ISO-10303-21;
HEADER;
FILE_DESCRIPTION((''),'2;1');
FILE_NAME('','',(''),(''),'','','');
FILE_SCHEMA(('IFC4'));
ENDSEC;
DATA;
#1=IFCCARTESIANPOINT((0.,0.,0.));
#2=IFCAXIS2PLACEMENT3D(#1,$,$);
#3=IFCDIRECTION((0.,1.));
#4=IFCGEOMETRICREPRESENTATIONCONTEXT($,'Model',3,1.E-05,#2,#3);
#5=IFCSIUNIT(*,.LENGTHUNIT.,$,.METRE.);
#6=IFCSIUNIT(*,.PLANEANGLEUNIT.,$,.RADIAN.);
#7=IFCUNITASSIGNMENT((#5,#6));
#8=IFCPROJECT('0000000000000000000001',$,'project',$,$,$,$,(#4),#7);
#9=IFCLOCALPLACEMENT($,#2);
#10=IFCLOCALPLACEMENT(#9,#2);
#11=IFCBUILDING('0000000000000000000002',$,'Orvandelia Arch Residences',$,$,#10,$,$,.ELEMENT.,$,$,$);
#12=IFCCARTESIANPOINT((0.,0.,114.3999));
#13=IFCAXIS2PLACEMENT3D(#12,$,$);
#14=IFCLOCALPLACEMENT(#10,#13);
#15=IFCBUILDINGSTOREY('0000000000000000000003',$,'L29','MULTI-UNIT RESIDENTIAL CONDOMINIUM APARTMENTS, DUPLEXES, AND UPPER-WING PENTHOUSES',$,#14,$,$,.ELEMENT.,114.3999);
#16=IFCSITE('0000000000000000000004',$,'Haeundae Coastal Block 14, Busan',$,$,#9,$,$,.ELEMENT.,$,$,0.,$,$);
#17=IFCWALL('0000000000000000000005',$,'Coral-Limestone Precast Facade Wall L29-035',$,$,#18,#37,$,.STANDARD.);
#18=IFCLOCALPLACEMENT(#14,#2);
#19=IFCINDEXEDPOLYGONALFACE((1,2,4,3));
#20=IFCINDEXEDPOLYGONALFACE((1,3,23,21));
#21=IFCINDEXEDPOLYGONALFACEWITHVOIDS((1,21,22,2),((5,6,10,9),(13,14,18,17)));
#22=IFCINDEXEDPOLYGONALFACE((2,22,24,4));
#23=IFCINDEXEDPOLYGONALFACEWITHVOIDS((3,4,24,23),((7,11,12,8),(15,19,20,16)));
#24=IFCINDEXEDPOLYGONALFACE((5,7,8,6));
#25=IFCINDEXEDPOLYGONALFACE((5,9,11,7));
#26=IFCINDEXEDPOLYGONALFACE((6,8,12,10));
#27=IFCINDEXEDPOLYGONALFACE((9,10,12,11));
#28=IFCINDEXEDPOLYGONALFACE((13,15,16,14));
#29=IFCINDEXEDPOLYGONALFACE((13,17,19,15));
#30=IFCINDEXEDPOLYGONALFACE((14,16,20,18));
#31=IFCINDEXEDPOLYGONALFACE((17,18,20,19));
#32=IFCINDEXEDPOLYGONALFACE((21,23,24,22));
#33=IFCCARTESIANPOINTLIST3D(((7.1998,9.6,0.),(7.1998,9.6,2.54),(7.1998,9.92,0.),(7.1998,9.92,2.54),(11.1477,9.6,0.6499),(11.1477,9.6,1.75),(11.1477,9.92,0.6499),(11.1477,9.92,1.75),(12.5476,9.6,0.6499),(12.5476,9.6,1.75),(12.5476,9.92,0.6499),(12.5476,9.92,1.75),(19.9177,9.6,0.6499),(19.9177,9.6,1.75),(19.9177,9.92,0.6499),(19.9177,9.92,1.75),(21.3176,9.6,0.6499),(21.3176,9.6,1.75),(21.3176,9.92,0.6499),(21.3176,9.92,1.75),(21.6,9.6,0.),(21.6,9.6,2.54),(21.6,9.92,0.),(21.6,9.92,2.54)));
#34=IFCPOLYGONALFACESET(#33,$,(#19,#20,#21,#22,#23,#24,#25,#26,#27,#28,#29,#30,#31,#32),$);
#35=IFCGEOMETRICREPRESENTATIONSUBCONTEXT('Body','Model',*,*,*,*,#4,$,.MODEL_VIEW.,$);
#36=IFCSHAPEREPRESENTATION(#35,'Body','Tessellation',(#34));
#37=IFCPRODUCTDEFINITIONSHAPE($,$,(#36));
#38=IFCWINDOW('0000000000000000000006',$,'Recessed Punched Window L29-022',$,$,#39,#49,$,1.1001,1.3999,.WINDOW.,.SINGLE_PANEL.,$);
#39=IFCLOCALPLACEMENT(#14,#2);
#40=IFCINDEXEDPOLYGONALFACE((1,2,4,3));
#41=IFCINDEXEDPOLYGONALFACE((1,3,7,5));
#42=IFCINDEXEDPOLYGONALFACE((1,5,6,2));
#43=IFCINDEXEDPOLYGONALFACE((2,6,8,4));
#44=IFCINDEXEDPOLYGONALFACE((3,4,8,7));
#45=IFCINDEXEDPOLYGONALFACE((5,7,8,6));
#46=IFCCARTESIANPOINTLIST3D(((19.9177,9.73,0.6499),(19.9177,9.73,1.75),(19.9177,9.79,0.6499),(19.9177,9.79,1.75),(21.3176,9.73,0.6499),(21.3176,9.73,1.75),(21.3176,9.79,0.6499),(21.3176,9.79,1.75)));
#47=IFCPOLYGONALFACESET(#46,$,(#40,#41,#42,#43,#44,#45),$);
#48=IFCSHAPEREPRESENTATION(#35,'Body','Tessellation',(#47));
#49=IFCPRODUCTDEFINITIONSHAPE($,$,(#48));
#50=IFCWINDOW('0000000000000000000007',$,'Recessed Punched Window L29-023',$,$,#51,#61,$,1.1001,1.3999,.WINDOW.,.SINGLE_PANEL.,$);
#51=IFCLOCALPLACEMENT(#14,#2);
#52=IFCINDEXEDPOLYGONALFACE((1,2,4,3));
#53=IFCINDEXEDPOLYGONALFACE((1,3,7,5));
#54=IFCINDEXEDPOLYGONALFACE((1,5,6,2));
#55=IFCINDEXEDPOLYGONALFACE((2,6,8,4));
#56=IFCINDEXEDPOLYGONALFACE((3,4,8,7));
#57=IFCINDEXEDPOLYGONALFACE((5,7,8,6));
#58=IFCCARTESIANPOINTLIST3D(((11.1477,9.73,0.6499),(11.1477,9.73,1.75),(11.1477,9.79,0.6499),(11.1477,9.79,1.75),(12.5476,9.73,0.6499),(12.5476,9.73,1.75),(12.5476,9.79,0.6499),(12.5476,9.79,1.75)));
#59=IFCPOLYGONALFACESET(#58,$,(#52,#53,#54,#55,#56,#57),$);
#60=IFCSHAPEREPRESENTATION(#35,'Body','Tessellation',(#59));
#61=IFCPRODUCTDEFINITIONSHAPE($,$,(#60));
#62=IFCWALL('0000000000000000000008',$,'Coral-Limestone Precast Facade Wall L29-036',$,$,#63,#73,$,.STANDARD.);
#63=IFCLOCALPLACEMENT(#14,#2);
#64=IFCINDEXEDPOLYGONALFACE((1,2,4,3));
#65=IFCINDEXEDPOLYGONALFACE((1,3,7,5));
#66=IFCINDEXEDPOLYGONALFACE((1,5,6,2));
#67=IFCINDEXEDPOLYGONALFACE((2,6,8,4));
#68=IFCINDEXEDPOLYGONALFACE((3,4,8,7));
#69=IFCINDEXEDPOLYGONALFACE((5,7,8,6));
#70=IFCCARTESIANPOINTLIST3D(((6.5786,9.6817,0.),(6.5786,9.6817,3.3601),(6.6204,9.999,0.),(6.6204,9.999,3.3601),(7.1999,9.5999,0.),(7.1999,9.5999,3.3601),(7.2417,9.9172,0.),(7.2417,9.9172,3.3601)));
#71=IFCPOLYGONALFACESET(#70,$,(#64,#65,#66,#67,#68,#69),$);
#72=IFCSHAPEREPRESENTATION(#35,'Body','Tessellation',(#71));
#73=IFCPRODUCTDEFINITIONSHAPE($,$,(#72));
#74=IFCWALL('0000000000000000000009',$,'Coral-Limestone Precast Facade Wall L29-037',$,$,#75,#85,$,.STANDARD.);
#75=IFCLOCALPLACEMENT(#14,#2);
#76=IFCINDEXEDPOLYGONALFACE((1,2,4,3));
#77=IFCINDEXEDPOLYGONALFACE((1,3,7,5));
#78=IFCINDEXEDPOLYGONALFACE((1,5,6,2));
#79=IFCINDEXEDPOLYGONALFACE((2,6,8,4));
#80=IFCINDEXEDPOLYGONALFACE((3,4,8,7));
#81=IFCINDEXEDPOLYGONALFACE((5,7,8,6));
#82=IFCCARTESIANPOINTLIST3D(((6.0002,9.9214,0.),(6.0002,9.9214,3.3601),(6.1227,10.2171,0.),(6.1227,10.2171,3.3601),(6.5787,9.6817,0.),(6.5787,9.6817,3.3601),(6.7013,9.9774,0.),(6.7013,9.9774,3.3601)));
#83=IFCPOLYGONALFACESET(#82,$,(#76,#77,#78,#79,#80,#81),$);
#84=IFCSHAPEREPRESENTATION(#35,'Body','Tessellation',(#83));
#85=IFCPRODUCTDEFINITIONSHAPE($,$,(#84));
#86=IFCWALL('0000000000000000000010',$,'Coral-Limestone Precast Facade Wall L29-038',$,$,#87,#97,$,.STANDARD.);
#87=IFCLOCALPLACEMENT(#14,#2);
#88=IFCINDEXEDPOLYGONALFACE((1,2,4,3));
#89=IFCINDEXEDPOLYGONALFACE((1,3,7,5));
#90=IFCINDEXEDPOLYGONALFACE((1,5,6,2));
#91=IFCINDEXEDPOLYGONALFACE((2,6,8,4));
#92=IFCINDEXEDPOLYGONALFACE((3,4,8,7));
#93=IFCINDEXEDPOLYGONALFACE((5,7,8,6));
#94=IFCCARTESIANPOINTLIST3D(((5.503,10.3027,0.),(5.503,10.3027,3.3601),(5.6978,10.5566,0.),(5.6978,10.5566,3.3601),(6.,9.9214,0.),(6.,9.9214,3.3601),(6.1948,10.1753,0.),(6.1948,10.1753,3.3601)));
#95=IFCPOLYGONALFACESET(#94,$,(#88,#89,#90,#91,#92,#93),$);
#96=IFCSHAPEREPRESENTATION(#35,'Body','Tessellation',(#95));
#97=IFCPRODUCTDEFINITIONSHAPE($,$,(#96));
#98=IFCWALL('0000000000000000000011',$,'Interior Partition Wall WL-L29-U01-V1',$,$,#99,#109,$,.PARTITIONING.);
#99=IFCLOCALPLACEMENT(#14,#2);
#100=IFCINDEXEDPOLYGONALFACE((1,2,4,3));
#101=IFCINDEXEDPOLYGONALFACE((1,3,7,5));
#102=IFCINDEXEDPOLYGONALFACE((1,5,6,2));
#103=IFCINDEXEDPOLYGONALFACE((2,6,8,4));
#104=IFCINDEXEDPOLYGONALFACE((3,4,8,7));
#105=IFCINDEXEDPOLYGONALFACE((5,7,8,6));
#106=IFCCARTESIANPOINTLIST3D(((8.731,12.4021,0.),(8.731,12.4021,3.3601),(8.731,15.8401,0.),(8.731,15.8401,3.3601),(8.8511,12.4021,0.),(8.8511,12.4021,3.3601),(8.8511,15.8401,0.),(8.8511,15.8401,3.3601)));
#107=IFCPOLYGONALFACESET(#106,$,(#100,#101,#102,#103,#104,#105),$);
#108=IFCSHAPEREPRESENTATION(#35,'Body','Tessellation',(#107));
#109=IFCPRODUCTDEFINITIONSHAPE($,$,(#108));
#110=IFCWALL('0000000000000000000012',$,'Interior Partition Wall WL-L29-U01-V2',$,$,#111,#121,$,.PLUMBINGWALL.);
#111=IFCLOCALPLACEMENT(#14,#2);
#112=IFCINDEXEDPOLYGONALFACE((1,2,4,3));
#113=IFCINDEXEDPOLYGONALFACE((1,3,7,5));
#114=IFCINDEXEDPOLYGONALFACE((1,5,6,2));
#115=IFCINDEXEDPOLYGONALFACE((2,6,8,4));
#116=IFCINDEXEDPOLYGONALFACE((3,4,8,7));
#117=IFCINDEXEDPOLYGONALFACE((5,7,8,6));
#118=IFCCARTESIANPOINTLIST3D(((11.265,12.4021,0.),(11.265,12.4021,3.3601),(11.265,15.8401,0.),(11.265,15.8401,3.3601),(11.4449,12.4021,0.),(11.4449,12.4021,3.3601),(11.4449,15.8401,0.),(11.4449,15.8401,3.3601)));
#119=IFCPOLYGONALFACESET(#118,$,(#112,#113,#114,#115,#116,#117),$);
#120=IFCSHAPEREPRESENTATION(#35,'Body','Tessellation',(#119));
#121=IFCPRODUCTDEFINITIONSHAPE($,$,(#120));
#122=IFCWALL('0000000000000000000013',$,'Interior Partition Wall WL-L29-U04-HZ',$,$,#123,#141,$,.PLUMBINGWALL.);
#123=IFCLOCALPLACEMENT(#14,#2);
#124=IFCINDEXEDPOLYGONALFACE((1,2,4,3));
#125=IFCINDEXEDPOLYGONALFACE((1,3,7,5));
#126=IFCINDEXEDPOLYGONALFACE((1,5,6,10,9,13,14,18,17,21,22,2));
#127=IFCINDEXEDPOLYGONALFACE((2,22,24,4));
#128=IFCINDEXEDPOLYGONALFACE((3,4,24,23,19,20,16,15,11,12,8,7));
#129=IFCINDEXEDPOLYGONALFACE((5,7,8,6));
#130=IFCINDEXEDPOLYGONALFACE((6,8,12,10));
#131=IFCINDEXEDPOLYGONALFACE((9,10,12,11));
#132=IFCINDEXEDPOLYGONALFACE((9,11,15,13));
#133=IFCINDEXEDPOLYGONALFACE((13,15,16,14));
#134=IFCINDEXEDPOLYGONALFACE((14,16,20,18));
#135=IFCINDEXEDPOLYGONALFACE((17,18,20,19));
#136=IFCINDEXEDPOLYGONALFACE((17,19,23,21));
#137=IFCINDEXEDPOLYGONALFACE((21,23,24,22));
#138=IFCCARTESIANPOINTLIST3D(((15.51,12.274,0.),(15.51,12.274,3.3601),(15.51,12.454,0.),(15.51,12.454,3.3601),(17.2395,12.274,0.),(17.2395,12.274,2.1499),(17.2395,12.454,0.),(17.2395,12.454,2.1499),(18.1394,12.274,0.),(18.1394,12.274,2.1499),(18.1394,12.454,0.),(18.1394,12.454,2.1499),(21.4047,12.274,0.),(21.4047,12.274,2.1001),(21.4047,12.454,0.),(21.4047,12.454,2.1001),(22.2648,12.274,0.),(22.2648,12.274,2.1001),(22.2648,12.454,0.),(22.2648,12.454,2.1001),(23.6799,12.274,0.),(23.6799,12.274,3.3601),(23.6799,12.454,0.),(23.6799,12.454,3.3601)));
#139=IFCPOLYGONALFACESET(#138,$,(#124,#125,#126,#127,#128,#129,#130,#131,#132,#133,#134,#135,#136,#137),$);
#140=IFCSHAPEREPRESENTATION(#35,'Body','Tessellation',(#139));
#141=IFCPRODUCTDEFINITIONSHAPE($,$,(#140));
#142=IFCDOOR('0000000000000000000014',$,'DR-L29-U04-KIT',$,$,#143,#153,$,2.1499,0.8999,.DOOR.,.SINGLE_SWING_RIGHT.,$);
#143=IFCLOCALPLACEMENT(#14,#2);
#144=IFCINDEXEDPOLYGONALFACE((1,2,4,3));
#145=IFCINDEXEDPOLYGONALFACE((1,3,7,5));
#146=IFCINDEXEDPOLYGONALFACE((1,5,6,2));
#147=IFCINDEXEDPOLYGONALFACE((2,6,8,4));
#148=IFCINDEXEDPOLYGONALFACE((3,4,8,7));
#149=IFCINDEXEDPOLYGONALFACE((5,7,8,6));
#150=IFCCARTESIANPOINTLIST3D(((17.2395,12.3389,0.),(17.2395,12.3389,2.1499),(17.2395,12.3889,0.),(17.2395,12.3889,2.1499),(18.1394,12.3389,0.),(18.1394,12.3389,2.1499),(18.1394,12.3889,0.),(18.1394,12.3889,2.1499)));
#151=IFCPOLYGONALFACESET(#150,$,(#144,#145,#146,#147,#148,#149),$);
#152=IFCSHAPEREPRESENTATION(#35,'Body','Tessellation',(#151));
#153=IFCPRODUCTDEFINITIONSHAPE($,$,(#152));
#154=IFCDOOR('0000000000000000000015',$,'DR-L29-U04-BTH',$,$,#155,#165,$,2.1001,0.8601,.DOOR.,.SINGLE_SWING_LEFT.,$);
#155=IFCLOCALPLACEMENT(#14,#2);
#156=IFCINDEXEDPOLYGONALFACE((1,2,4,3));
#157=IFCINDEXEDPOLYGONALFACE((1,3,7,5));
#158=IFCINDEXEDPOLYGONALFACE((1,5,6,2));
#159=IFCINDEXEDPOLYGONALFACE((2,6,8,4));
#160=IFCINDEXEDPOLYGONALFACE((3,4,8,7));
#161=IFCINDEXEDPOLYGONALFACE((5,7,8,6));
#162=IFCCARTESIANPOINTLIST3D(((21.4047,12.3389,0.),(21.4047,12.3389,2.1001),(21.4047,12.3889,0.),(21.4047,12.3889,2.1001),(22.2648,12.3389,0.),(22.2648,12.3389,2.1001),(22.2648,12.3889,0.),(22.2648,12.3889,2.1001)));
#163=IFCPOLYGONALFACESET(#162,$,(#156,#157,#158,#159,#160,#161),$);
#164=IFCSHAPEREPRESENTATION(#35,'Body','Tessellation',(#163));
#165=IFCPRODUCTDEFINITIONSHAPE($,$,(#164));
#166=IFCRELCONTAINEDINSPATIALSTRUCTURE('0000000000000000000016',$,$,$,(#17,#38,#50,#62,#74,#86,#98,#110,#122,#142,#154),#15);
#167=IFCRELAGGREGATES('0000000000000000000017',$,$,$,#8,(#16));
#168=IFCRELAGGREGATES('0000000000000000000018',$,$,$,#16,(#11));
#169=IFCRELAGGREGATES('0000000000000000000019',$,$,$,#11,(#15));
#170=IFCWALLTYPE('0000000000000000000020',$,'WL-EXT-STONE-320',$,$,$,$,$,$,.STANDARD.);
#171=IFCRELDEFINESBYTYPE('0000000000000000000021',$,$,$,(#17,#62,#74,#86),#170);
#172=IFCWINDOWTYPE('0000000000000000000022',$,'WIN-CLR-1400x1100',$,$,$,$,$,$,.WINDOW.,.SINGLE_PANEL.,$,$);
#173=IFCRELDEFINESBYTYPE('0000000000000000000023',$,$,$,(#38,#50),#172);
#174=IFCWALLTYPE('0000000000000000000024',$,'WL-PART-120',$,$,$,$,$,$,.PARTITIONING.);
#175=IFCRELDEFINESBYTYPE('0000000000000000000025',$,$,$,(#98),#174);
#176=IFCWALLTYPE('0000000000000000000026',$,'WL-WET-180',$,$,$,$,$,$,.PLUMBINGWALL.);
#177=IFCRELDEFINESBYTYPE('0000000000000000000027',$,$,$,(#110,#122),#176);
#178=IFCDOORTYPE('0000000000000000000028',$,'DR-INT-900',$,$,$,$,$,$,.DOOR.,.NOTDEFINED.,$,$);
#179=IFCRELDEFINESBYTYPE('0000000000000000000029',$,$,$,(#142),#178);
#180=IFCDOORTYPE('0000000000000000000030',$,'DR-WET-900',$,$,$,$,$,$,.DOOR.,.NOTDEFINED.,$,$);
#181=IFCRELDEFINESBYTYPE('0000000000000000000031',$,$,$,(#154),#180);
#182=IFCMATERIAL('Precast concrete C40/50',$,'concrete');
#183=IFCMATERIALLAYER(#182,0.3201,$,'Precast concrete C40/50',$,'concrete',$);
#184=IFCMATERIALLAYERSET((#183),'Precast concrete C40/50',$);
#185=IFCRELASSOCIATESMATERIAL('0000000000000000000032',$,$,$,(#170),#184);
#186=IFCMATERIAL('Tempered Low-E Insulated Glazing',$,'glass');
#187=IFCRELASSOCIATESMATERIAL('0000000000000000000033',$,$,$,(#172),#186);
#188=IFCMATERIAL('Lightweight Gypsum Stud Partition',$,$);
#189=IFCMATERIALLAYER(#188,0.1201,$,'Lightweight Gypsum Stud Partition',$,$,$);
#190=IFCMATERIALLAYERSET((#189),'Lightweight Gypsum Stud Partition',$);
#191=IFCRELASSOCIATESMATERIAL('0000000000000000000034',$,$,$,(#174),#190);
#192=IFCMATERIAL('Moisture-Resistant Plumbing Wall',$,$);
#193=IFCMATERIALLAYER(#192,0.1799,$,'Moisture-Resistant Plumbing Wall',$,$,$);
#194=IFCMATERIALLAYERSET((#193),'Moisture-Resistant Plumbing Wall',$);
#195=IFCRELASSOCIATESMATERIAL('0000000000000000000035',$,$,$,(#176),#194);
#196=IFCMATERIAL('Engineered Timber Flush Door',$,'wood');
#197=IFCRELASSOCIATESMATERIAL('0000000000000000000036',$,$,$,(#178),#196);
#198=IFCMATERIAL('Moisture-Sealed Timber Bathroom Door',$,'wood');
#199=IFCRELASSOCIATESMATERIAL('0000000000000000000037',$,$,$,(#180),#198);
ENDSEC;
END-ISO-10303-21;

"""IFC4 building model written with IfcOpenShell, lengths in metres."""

from ifc_helpers import new_model, si_unit, direction, frame, frame_2d, origin, place, context, subcontext, project, spatial, rectangle, extrude, material, layer, layer_set, type_object, element, fill, save


model = new_model("IFC4")

# Units and contexts
model_context = context("Model", 3, precision=1e-05, world=origin(), true_north=direction((0.0, 1.0)))
body_context = subcontext(model_context, "Body", "Model", "MODEL_VIEW")
ifc_project = project(units=[si_unit("LENGTHUNIT", "METRE"), si_unit("PLANEANGLEUNIT", "RADIAN")], contexts=[model_context])

# Site, building, storey
site_placement = place(None, origin())
site = spatial("IfcSite", under=ifc_project, at=site_placement, Name="Haeundae Coastal Block 14, Busan", CompositionType="ELEMENT", RefElevation=0.0)
building_placement = place(site_placement, origin())
building = spatial("IfcBuilding", under=site, at=building_placement, Name="Orvandelia Arch Residences", CompositionType="ELEMENT")
storey_placement = place(building_placement, frame((0.0, 0.0, 114.3999)))
storey = spatial("IfcBuildingStorey", under=building, at=storey_placement, Name="L29", Description="MULTI-UNIT RESIDENTIAL CONDOMINIUM APARTMENTS, DUPLEXES, AND UPPER-WING PENTHOUSES", CompositionType="ELEMENT", Elevation=114.3999)

# Shared definitions
ifc_material_1 = material(Name="Precast concrete C40/50", Category="concrete")
ifc_layer_1 = layer(ifc_material_1, 0.3201, Name="Precast concrete C40/50", Category="concrete")
ifc_layer_set_1 = layer_set([ifc_layer_1], Name="Precast concrete C40/50")
wall_type_1 = type_object("IfcWallType", Name="WL-EXT-STONE-320", PredefinedType="STANDARD", material=ifc_layer_set_1)

# Wall, openings, windows
wall_1_placement = place(storey_placement, frame((21.6001, 9.76, 0.0), z_axis=(0.0, 0.0, 1.0), x_axis=(-1.0, 0.0, 0.0)))
wall_1 = element("IfcWall", 1, at=wall_1_placement, inside=storey, type_object=wall_type_1, Name="Coral-Limestone Precast Facade Wall L29-035", PredefinedType="STANDARD", context=body_context, shape_type="SweptSolid", body=[
    extrude(rectangle(XDim=14.4001, YDim=0.3201, at=frame_2d((7.2002, 0.0))), origin(), (0.0, 0.0, 1.0), 2.54),
])
opening_1_placement = place(wall_1_placement, frame((0.2825, 0.0, 0.6499)))
opening_1 = element("IfcOpeningElement", 2, at=opening_1_placement, cuts=wall_1, PredefinedType="OPENING", context=body_context, shape_type="SweptSolid", body=[
    extrude(rectangle(XDim=1.3999, YDim=1.1001, at=frame_2d((0.7, 0.55))), frame((0.0, 0.1699, 0.0), z_axis=(0.0, -1.0, 0.0), x_axis=(1.0, 0.0, 0.0)), (0.0, 0.0, 1.0), 0.3401),
])
opening_2_placement = place(wall_1_placement, frame((9.0525, 0.0, 0.6499)))
opening_2 = element("IfcOpeningElement", 3, at=opening_2_placement, cuts=wall_1, PredefinedType="OPENING", context=body_context, shape_type="SweptSolid", body=[
    extrude(rectangle(XDim=1.3999, YDim=1.1001, at=frame_2d((0.7, 0.55))), frame((0.0, 0.1699, 0.0), z_axis=(0.0, -1.0, 0.0), x_axis=(1.0, 0.0, 0.0)), (0.0, 0.0, 1.0), 0.3401),
])
ifc_material_2 = material(Name="Tempered Low-E Insulated Glazing", Category="glass")
window_type = type_object("IfcWindowType", Name="WIN-CLR-1400x1100", PartitioningType="SINGLE_PANEL", PredefinedType="WINDOW", material=ifc_material_2)
window_1_placement = place(opening_1_placement, origin())
window_1 = element("IfcWindow", 4, at=window_1_placement, inside=storey, type_object=window_type, Name="Recessed Punched Window L29-022", OverallHeight=1.1001, OverallWidth=1.3999, PartitioningType="SINGLE_PANEL", PredefinedType="WINDOW", context=body_context, shape_type="SweptSolid", body=[
    extrude(rectangle(XDim=1.3999, YDim=1.1001, at=frame_2d((0.7, 0.55))), frame((0.0, 0.03, 0.0), z_axis=(0.0, -1.0, 0.0), x_axis=(1.0, 0.0, 0.0)), (0.0, 0.0, 1.0), 0.0601),
])
fill(opening_1, window_1)
window_2_placement = place(opening_2_placement, origin())
window_2 = element("IfcWindow", 5, at=window_2_placement, inside=storey, type_object=window_type, Name="Recessed Punched Window L29-023", OverallHeight=1.1001, OverallWidth=1.3999, PartitioningType="SINGLE_PANEL", PredefinedType="WINDOW", context=body_context, shape_type="SweptSolid", body=[
    extrude(rectangle(XDim=1.3999, YDim=1.1001, at=frame_2d((0.7, 0.55))), frame((0.0, 0.03, 0.0), z_axis=(0.0, -1.0, 0.0), x_axis=(1.0, 0.0, 0.0)), (0.0, 0.0, 1.0), 0.0601),
])
fill(opening_2, window_2)

# Walls
wall_2_placement = place(storey_placement, frame((7.2209, 9.7585, 0.0), z_axis=(0.0, 0.0, 1.0), x_axis=(-0.991448, 0.130505, 0.0)))
element("IfcWall", 6, at=wall_2_placement, inside=storey, type_object=wall_type_1, Name="Coral-Limestone Precast Facade Wall L29-036", PredefinedType="STANDARD", context=body_context, shape_type="SweptSolid", body=[
    extrude(rectangle(XDim=0.6267, YDim=0.3201, at=frame_2d((0.3135, 0.0))), origin(), (0.0, 0.0, 1.0), 3.3601),
])
wall_3_placement = place(storey_placement, frame((6.6399, 9.8296, 0.0), z_axis=(0.0, 0.0, 1.0), x_axis=(-0.923836, 0.382788, 0.0)))
element("IfcWall", 7, at=wall_3_placement, inside=storey, type_object=wall_type_1, Name="Coral-Limestone Precast Facade Wall L29-037", PredefinedType="STANDARD", context=body_context, shape_type="SweptSolid", body=[
    extrude(rectangle(XDim=0.6262, YDim=0.3201, at=frame_2d((0.313, 0.0))), origin(), (0.0, 0.0, 1.0), 3.3601),
])
wall_4_placement = place(storey_placement, frame((6.0974, 10.0483, 0.0), z_axis=(0.0, 0.0, 1.0), x_axis=(-0.793406, 0.608693, 0.0)))
element("IfcWall", 8, at=wall_4_placement, inside=storey, type_object=wall_type_1, Name="Coral-Limestone Precast Facade Wall L29-038", PredefinedType="STANDARD", context=body_context, shape_type="SweptSolid", body=[
    extrude(rectangle(XDim=0.6265, YDim=0.3201, at=frame_2d((0.3132, 0.0))), origin(), (0.0, 0.0, 1.0), 3.3601),
])
ifc_material_3 = material(Name="Lightweight Gypsum Stud Partition")
ifc_layer_2 = layer(ifc_material_3, 0.1201, Name="Lightweight Gypsum Stud Partition")
ifc_layer_set_2 = layer_set([ifc_layer_2], Name="Lightweight Gypsum Stud Partition")
wall_type_2 = type_object("IfcWallType", Name="WL-PART-120", PredefinedType="PARTITIONING", material=ifc_layer_set_2)
wall_5_placement = place(storey_placement, frame((8.791, 12.4021, 0.0), z_axis=(0.0, 0.0, 1.0), x_axis=(0.0, 1.0, 0.0)))
element("IfcWall", 9, at=wall_5_placement, inside=storey, type_object=wall_type_2, Name="Interior Partition Wall WL-L29-U01-V1", PredefinedType="PARTITIONING", context=body_context, shape_type="SweptSolid", body=[
    extrude(rectangle(XDim=3.438, YDim=0.1201, at=frame_2d((1.719, 0.0))), origin(), (0.0, 0.0, 1.0), 3.3601),
])
ifc_material_4 = material(Name="Moisture-Resistant Plumbing Wall")
ifc_layer_3 = layer(ifc_material_4, 0.1799, Name="Moisture-Resistant Plumbing Wall")
ifc_layer_set_3 = layer_set([ifc_layer_3], Name="Moisture-Resistant Plumbing Wall")
wall_type_3 = type_object("IfcWallType", Name="WL-WET-180", PredefinedType="PLUMBINGWALL", material=ifc_layer_set_3)
wall_6_placement = place(storey_placement, frame((11.355, 12.4021, 0.0), z_axis=(0.0, 0.0, 1.0), x_axis=(0.0, 1.0, 0.0)))
element("IfcWall", 10, at=wall_6_placement, inside=storey, type_object=wall_type_3, Name="Interior Partition Wall WL-L29-U01-V2", PredefinedType="PLUMBINGWALL", context=body_context, shape_type="SweptSolid", body=[
    extrude(rectangle(XDim=3.438, YDim=0.1799, at=frame_2d((1.719, 0.0))), origin(), (0.0, 0.0, 1.0), 3.3601),
])

# Wall, openings, doors
wall_7_placement = place(storey_placement, frame((15.51, 12.364, 0.0), z_axis=(0.0, 0.0, 1.0), x_axis=(1.0, 0.0, 0.0)))
wall_7 = element("IfcWall", 11, at=wall_7_placement, inside=storey, type_object=wall_type_3, Name="Interior Partition Wall WL-L29-U04-HZ", PredefinedType="PLUMBINGWALL", context=body_context, shape_type="SweptSolid", body=[
    extrude(rectangle(XDim=8.1699, YDim=0.1799, at=frame_2d((4.085, 0.0))), origin(), (0.0, 0.0, 1.0), 3.3601),
])
opening_3_placement = place(wall_7_placement, frame((1.7295, 0.0, 0.0)))
opening_3 = element("IfcOpeningElement", 12, at=opening_3_placement, cuts=wall_7, PredefinedType="OPENING", context=body_context, shape_type="SweptSolid", body=[
    extrude(rectangle(XDim=0.8999, YDim=2.1499, at=frame_2d((0.45, 1.075))), frame((0.0, 0.1001, 0.0), z_axis=(0.0, -1.0, 0.0), x_axis=(1.0, 0.0, 0.0)), (0.0, 0.0, 1.0), 0.2),
])
opening_4_placement = place(wall_7_placement, frame((5.8945, 0.0, 0.0)))
opening_4 = element("IfcOpeningElement", 13, at=opening_4_placement, cuts=wall_7, PredefinedType="OPENING", context=body_context, shape_type="SweptSolid", body=[
    extrude(rectangle(XDim=0.8601, YDim=2.1001, at=frame_2d((0.4302, 1.05))), frame((0.0, 0.1001, 0.0), z_axis=(0.0, -1.0, 0.0), x_axis=(1.0, 0.0, 0.0)), (0.0, 0.0, 1.0), 0.2),
])
ifc_material_5 = material(Name="Engineered Timber Flush Door", Category="wood")
door_type_1 = type_object("IfcDoorType", Name="DR-INT-900", OperationType="NOTDEFINED", PredefinedType="DOOR", material=ifc_material_5)
door_1_placement = place(opening_3_placement, origin())
door_1 = element("IfcDoor", 14, at=door_1_placement, inside=storey, type_object=door_type_1, Name="DR-L29-U04-KIT", OperationType="SINGLE_SWING_RIGHT", OverallHeight=2.1499, OverallWidth=0.8999, PredefinedType="DOOR", context=body_context, shape_type="SweptSolid", body=[
    extrude(rectangle(XDim=0.8999, YDim=2.1499, at=frame_2d((0.45, 1.075))), frame((0.0, 0.0249, 0.0), z_axis=(0.0, -1.0, 0.0), x_axis=(1.0, 0.0, 0.0)), (0.0, 0.0, 1.0), 0.05),
])
fill(opening_3, door_1)
ifc_material_6 = material(Name="Moisture-Sealed Timber Bathroom Door", Category="wood")
door_type_2 = type_object("IfcDoorType", Name="DR-WET-900", OperationType="NOTDEFINED", PredefinedType="DOOR", material=ifc_material_6)
door_2_placement = place(opening_4_placement, origin())
door_2 = element("IfcDoor", 15, at=door_2_placement, inside=storey, type_object=door_type_2, Name="DR-L29-U04-BTH", OperationType="SINGLE_SWING_LEFT", OverallHeight=2.1001, OverallWidth=0.8601, PredefinedType="DOOR", context=body_context, shape_type="SweptSolid", body=[
    extrude(rectangle(XDim=0.8601, YDim=2.1001, at=frame_2d((0.4302, 1.05))), frame((0.0, 0.0249, 0.0), z_axis=(0.0, -1.0, 0.0), x_axis=(1.0, 0.0, 0.0)), (0.0, 0.0, 1.0), 0.05),
])
fill(opening_4, door_2)

save(model, "model.ifc")
